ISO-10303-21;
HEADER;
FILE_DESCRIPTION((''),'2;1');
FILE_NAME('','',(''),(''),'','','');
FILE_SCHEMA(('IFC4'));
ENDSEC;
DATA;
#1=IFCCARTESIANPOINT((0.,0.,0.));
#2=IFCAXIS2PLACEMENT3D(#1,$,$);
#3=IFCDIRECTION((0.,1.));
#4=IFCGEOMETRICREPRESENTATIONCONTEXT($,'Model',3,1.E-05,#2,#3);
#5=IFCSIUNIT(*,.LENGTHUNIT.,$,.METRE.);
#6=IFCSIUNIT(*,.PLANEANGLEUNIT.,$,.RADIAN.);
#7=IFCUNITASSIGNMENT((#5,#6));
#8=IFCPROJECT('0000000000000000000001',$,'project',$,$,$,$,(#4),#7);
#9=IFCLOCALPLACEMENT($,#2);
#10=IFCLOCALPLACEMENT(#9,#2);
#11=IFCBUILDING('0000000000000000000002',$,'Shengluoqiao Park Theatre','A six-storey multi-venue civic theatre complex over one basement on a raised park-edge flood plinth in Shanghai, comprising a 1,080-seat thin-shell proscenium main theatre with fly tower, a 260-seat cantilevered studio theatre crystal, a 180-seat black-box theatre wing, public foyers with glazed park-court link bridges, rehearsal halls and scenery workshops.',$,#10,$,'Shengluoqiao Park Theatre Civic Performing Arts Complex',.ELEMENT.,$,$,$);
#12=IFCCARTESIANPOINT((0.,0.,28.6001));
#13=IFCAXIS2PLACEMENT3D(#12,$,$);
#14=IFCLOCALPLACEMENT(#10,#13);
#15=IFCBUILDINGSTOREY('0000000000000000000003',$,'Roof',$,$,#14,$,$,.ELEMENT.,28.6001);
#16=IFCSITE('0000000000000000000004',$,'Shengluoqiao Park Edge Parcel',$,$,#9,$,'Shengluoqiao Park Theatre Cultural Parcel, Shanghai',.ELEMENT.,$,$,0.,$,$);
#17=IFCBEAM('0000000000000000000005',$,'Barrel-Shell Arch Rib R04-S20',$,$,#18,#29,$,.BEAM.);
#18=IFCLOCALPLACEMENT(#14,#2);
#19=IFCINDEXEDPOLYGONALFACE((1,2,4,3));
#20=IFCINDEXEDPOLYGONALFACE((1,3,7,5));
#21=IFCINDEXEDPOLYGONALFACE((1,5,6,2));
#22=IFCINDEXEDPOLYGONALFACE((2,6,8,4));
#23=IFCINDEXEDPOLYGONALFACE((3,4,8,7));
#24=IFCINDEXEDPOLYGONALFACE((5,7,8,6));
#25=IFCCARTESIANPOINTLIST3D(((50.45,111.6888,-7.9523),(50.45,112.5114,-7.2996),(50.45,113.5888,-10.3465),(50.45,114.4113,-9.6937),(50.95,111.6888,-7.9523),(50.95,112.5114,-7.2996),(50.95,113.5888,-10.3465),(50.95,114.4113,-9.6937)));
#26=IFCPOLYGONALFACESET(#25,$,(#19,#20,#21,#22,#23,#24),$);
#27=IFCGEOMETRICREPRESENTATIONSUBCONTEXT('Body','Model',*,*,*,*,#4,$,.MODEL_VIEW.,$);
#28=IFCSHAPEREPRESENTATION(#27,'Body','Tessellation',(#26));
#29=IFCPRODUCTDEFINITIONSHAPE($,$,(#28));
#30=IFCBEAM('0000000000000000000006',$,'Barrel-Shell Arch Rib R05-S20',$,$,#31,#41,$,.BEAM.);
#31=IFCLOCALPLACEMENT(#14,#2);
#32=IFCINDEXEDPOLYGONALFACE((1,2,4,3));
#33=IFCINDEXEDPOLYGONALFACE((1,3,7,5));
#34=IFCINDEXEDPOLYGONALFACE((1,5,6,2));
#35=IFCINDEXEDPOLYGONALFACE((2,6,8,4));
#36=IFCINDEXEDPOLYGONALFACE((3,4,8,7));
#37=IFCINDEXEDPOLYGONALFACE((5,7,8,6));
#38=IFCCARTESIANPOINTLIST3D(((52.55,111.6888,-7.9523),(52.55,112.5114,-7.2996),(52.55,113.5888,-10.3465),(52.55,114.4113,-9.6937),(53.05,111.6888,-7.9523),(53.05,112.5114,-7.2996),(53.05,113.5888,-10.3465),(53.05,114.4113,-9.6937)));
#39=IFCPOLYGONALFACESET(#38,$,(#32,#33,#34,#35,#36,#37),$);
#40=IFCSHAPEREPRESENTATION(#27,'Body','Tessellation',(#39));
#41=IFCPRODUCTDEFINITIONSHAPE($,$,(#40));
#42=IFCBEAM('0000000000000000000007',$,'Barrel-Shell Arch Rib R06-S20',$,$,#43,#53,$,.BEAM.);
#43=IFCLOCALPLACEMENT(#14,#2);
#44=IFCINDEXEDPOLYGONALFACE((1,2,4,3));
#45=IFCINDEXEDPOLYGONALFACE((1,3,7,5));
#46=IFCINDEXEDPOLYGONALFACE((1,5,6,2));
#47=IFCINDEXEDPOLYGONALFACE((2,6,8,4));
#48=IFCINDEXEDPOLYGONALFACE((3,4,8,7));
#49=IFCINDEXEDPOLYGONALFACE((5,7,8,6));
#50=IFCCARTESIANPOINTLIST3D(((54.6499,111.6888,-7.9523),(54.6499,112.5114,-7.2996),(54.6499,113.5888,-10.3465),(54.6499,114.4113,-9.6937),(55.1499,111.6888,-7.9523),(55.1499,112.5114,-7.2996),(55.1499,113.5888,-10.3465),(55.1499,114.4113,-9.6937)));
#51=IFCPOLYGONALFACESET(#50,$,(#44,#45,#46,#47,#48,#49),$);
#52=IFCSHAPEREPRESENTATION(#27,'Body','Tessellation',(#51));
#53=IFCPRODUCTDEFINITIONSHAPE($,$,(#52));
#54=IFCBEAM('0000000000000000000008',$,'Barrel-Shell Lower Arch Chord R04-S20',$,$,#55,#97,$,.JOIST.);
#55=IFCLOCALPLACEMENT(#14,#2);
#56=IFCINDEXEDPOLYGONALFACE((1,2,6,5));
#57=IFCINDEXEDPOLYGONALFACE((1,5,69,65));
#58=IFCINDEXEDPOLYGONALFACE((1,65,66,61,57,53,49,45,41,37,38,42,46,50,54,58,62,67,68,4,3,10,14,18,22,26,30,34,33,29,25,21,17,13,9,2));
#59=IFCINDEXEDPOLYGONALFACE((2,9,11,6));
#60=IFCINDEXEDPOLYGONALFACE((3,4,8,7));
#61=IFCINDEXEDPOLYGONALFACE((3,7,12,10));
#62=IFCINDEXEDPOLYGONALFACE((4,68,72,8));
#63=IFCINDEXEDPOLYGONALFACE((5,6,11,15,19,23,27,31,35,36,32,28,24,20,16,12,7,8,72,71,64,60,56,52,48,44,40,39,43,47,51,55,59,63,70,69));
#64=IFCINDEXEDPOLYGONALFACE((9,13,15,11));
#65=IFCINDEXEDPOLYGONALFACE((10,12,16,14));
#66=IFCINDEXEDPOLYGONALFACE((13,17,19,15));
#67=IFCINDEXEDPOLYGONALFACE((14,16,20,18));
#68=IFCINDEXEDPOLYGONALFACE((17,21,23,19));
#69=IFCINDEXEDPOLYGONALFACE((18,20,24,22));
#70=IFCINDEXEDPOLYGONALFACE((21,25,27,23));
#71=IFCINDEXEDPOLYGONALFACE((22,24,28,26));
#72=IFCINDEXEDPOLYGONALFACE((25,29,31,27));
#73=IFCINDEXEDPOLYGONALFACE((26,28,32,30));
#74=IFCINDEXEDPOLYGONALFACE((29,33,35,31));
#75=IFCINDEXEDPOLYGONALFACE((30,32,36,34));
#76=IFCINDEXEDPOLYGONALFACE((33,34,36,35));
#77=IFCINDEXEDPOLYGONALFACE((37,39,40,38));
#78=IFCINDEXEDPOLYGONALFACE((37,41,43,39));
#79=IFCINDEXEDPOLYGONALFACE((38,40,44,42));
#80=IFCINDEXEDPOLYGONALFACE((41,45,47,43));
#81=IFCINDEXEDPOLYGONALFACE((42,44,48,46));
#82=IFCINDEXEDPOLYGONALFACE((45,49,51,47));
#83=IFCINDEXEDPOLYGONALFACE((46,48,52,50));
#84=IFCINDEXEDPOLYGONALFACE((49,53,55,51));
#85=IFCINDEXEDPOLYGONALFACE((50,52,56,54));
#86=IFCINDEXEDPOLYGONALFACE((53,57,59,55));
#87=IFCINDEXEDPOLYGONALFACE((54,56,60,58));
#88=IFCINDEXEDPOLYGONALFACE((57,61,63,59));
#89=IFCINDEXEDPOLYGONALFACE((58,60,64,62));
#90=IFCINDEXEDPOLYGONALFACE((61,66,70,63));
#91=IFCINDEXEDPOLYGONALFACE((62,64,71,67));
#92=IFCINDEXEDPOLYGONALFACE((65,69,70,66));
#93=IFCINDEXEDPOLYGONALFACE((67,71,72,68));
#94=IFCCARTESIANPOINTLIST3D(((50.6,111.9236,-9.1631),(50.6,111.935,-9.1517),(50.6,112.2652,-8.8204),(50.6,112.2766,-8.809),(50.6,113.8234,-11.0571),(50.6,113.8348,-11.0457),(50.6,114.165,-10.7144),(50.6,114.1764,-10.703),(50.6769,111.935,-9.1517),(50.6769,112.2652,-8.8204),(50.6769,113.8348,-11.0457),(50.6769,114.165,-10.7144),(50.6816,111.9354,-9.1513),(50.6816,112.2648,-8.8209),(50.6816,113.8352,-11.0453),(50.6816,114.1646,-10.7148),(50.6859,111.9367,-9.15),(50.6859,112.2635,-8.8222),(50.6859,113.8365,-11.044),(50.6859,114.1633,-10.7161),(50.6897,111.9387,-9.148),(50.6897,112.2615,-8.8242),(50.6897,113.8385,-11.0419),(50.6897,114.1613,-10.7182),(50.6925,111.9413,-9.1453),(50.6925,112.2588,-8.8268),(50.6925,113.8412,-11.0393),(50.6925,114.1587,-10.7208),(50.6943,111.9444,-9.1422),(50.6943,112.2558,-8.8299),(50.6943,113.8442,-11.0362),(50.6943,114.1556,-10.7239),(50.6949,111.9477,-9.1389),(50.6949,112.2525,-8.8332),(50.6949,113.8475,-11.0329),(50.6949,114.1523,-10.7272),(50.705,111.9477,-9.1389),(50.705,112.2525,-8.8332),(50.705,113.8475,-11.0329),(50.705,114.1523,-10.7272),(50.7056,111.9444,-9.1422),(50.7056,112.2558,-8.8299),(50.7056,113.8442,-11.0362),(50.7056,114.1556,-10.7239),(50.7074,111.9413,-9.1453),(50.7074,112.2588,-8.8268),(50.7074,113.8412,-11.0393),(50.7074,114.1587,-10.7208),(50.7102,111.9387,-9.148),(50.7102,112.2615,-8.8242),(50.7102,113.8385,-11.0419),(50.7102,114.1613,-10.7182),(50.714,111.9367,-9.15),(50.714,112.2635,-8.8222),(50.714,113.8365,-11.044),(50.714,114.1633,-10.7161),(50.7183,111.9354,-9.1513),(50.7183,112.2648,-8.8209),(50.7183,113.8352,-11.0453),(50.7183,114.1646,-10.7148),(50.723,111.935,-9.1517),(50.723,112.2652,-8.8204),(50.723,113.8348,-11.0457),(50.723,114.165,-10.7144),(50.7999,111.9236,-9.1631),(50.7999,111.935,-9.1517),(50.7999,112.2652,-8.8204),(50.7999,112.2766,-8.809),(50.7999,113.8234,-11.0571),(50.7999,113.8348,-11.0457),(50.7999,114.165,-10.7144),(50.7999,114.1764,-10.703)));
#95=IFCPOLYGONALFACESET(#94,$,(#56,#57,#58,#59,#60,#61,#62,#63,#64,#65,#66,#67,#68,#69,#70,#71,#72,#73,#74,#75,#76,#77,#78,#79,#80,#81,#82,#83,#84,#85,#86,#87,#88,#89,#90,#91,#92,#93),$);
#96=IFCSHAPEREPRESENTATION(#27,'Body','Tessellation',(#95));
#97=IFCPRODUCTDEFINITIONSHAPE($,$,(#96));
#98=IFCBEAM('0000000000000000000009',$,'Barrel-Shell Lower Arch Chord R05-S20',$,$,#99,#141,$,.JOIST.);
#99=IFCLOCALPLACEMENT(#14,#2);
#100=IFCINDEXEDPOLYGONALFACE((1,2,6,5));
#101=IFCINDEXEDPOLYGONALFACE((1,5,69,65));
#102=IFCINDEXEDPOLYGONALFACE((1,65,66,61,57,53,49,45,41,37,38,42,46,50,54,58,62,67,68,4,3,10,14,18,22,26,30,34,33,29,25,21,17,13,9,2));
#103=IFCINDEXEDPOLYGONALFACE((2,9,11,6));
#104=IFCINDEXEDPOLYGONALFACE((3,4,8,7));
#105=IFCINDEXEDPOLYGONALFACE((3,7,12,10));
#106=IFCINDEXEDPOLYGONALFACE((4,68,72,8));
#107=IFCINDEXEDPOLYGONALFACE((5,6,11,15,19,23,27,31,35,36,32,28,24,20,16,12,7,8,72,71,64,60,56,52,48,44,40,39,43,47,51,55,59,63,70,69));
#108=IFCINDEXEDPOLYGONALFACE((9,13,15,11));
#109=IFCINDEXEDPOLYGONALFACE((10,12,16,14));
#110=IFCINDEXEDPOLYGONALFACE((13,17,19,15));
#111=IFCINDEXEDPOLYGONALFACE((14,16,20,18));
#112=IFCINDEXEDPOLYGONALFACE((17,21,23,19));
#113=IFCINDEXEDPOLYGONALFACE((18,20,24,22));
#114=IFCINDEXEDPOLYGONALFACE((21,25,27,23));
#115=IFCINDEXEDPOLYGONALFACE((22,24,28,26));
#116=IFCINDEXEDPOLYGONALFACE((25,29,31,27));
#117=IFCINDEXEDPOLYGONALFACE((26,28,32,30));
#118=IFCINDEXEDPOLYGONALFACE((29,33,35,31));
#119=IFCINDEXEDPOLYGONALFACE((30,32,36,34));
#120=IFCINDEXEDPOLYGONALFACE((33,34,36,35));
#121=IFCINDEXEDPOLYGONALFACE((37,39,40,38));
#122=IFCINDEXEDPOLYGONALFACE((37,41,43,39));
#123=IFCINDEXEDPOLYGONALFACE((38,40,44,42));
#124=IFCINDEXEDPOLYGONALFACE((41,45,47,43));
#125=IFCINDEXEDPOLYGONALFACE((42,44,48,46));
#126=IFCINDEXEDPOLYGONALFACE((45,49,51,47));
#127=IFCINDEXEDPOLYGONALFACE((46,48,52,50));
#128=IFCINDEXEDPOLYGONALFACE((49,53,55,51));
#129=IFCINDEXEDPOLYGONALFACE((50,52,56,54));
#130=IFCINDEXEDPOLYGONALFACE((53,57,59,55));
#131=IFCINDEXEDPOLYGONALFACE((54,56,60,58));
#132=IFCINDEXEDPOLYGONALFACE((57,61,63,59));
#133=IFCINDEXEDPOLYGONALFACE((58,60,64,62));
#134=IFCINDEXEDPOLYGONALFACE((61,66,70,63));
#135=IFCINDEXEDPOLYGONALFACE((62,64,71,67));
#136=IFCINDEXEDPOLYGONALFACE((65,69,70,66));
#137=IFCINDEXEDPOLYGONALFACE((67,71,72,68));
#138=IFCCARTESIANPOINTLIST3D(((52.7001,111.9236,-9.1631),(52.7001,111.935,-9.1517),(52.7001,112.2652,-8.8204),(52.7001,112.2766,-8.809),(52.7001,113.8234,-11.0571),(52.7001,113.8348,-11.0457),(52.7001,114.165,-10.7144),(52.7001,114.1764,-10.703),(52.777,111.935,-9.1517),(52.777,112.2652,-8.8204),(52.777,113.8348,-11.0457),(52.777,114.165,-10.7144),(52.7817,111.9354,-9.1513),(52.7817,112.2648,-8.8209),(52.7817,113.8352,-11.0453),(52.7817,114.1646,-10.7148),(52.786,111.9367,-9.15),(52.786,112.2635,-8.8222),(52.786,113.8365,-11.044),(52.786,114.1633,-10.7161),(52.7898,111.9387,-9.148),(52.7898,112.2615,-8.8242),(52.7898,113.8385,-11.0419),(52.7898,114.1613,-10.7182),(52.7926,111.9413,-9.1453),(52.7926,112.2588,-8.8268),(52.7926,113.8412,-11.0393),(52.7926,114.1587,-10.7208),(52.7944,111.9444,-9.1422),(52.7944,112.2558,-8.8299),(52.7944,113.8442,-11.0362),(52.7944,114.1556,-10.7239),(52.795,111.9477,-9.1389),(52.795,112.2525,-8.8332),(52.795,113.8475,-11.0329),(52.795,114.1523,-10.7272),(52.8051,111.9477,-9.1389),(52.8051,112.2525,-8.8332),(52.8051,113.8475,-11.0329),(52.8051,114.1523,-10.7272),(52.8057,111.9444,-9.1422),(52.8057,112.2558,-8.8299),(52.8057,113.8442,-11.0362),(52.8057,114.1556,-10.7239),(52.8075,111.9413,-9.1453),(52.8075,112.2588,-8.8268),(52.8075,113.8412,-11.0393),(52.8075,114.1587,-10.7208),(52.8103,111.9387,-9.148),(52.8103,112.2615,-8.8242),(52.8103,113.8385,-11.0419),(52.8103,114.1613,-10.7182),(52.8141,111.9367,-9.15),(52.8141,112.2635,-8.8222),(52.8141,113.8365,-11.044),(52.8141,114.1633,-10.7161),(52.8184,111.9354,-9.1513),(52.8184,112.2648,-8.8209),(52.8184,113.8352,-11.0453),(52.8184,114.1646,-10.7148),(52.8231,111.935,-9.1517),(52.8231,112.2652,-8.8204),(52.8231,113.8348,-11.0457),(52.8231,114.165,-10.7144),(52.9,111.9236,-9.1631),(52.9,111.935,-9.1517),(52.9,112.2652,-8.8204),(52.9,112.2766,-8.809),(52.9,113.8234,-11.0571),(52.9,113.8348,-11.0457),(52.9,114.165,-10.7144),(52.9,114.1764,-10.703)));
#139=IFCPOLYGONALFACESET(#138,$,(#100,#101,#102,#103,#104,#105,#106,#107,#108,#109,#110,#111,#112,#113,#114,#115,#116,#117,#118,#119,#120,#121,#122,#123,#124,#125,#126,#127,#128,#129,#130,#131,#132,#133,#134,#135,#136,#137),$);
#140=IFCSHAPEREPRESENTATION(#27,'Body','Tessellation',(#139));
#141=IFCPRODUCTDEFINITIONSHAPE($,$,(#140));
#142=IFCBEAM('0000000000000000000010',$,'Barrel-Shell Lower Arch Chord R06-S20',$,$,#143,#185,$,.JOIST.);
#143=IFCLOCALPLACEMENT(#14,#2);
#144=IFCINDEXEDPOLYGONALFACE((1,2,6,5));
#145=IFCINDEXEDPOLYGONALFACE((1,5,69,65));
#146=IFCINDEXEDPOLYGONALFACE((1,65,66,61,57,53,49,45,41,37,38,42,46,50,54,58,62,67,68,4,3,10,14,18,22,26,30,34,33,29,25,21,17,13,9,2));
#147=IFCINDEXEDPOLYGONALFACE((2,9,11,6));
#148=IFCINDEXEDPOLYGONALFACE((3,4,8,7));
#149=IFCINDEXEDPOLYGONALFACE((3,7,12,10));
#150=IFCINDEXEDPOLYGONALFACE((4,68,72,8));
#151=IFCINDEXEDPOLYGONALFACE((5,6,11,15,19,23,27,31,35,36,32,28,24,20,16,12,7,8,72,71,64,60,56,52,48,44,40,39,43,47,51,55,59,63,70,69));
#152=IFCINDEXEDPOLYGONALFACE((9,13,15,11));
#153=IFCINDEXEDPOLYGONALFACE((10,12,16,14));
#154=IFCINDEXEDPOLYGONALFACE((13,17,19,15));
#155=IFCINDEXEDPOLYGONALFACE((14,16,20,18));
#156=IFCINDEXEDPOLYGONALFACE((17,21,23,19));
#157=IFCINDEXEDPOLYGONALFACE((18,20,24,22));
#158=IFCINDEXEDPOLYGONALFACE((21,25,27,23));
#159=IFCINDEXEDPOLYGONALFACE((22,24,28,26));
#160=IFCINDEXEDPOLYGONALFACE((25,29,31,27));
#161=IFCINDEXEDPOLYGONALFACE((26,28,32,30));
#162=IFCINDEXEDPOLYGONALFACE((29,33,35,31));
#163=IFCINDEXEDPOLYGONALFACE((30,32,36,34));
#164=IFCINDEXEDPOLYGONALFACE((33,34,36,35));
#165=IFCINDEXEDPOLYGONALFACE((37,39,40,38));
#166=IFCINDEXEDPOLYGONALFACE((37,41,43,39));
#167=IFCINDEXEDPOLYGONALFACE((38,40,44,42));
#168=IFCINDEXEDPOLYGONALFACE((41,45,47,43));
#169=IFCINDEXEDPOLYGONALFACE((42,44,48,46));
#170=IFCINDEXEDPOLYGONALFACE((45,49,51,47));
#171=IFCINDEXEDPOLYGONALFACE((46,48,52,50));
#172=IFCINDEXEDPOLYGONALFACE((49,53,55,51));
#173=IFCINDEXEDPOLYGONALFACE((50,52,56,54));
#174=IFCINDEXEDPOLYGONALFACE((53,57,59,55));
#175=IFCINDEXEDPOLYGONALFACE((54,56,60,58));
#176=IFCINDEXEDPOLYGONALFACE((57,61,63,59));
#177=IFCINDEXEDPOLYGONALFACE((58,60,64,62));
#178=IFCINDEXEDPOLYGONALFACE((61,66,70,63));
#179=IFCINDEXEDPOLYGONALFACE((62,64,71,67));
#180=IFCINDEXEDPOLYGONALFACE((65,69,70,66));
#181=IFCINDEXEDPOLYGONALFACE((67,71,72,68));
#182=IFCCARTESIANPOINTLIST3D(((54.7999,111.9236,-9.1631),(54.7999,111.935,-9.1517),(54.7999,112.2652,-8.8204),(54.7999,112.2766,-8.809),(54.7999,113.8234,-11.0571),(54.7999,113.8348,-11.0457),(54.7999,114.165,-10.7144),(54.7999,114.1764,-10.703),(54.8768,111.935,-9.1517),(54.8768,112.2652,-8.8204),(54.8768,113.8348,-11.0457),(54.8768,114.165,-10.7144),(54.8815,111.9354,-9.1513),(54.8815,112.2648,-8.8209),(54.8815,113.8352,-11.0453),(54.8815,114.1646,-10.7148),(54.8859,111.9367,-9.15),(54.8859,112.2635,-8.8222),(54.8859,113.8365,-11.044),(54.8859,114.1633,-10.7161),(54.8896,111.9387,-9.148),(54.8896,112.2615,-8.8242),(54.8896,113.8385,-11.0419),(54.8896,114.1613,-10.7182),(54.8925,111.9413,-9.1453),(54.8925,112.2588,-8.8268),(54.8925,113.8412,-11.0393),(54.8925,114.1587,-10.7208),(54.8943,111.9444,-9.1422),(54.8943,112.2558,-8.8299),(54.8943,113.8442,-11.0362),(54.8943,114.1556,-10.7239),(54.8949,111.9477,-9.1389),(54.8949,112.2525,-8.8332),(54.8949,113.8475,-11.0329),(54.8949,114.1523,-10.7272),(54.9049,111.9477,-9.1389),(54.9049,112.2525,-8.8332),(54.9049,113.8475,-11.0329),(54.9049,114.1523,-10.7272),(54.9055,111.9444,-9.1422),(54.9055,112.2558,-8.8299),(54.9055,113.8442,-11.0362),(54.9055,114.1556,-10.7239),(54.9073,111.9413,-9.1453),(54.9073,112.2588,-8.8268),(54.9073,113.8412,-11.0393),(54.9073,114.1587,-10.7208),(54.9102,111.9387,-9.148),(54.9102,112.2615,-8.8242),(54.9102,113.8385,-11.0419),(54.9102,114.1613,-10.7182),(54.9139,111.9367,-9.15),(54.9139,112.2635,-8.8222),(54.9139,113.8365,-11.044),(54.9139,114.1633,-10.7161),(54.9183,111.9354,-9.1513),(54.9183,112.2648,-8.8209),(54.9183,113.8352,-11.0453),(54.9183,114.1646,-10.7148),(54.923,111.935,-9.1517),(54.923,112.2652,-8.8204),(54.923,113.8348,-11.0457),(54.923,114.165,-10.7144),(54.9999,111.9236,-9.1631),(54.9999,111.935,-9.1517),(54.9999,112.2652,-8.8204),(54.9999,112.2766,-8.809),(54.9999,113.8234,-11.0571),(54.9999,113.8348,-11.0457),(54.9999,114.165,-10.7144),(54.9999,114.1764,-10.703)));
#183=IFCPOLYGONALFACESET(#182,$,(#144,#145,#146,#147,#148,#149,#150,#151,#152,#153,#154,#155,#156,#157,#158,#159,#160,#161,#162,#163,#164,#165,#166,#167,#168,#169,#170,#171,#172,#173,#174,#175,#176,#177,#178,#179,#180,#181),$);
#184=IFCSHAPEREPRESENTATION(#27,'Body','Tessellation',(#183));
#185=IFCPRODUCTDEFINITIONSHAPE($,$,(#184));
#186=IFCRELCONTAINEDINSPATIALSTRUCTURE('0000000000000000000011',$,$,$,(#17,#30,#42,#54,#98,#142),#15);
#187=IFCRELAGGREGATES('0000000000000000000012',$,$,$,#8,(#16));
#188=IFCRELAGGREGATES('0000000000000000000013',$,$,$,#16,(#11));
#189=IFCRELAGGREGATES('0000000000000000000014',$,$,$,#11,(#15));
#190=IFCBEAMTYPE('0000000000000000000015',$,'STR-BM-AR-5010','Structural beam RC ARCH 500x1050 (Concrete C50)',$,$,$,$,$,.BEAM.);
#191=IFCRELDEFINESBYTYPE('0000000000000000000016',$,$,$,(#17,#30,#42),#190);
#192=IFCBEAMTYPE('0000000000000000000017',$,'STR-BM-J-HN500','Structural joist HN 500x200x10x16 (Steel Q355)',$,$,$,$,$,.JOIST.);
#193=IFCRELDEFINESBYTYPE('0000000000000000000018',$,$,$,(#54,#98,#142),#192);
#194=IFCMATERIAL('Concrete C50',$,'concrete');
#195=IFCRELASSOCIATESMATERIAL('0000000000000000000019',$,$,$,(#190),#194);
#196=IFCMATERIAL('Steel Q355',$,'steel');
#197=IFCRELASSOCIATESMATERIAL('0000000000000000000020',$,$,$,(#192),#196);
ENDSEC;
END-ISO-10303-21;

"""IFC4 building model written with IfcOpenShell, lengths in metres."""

from ifc_helpers import new_model, si_unit, direction, frame, origin, origin_2d, place, context, subcontext, project, spatial, rectangle, i_section, extrude, material, material_profile, profile_set, type_object, element, save


model = new_model("IFC4")

# Units and contexts
model_context = context("Model", 3, precision=1e-05, world=origin(), true_north=direction((0.0, 1.0)))
body_context = subcontext(model_context, "Body", "Model", "MODEL_VIEW")
ifc_project = project(units=[si_unit("LENGTHUNIT", "METRE"), si_unit("PLANEANGLEUNIT", "RADIAN")], contexts=[model_context])

# Site, building, storey
site_placement = place(None, origin())
site = spatial("IfcSite", under=ifc_project, at=site_placement, Name="Shengluoqiao Park Edge Parcel", LongName="Shengluoqiao Park Theatre Cultural Parcel, Shanghai", CompositionType="ELEMENT", RefElevation=0.0)
building_placement = place(site_placement, origin())
building = spatial("IfcBuilding", under=site, at=building_placement, Name="Shengluoqiao Park Theatre", Description="A six-storey multi-venue civic theatre complex over one basement on a raised park-edge flood plinth in Shanghai, comprising a 1,080-seat thin-shell proscenium main theatre with fly tower, a 260-seat cantilevered studio theatre crystal, a 180-seat black-box theatre wing, public foyers with glazed park-court link bridges, rehearsal halls and scenery workshops.", LongName="Shengluoqiao Park Theatre Civic Performing Arts Complex", CompositionType="ELEMENT")
storey_placement = place(building_placement, frame((0.0, 0.0, 28.6001)))
storey = spatial("IfcBuildingStorey", under=building, at=storey_placement, Name="Roof", CompositionType="ELEMENT", Elevation=28.6001)

# Beams
ifc_material_1 = material(Name="Concrete C50", Category="concrete")
ifc_material_profile_1 = material_profile(ifc_material_1, rectangle(XDim=0.5, YDim=1.05, at=origin_2d()), Name="RC ARCH 500x1050")
ifc_profile_set_1 = profile_set([ifc_material_profile_1], Name="Concrete C50")
beam_type_1 = type_object("IfcBeamType", Name="STR-BM-AR-5010", Description="Structural beam RC ARCH 500x1050 (Concrete C50)", PredefinedType="BEAM", material=ifc_profile_set_1)
for number, where, z_axis, x_axis, name in (
    (1, (50.7, 112.1001, -7.626), (0.0, 0.621631, -0.78331), (-1.0, 0.0, 0.0), "Barrel-Shell Arch Rib R04-S20"),
    (2, (52.8, 112.1001, -7.626), (0.0, 0.621631, -0.78331), (-1.0, 0.0, 0.0), "Barrel-Shell Arch Rib R05-S20"),
    (3, (54.8999, 112.1001, -7.626), (0.0, 0.621631, -0.78331), (-1.0, 0.0, 0.0), "Barrel-Shell Arch Rib R06-S20"),
):
    element("IfcBeam", number, at=place(storey_placement, frame(where, z_axis=z_axis, x_axis=x_axis)), inside=storey, type_object=beam_type_1, Name=name, PredefinedType="BEAM", context=body_context, shape_type="SweptSolid", body=[
        extrude(rectangle(XDim=0.5, YDim=1.05, at=origin_2d()), origin(), (0.0, 0.0, 1.0), 3.0564),
    ])
ifc_material_2 = material(Name="Steel Q355", Category="steel")
ifc_material_profile_2 = material_profile(ifc_material_2, i_section(OverallWidth=0.2, OverallDepth=0.5, WebThickness=0.01, FlangeThickness=0.0161, FilletRadius=0.0181, at=origin_2d()), Name="HN 500x200x10x16")
ifc_profile_set_2 = profile_set([ifc_material_profile_2], Name="Steel Q355")
beam_type_2 = type_object("IfcBeamType", Name="STR-BM-J-HN500", Description="Structural joist HN 500x200x10x16 (Steel Q355)", PredefinedType="JOIST", material=ifc_profile_set_2)
for number, where, z_axis, x_axis, name in (
    (4, (50.7, 112.1001, -8.9861), (0.0, 0.708198, -0.706014), (-1.0, 0.0, 0.0), "Barrel-Shell Lower Arch Chord R04-S20"),
    (5, (52.8, 112.1001, -8.9861), (0.0, 0.708198, -0.706014), (-1.0, 0.0, 0.0), "Barrel-Shell Lower Arch Chord R05-S20"),
    (6, (54.8999, 112.1001, -8.9861), (0.0, 0.708198, -0.706014), (-1.0, 0.0, 0.0), "Barrel-Shell Lower Arch Chord R06-S20"),
):
    element("IfcBeam", number, at=place(storey_placement, frame(where, z_axis=z_axis, x_axis=x_axis)), inside=storey, type_object=beam_type_2, Name=name, PredefinedType="JOIST", context=body_context, shape_type="SweptSolid", body=[
        extrude(i_section(OverallWidth=0.2, OverallDepth=0.5, WebThickness=0.01, FlangeThickness=0.0161, FilletRadius=0.0181, at=origin_2d()), origin(), (0.0, 0.0, 1.0), 2.6826),
    ])

save(model, "model.ifc")
